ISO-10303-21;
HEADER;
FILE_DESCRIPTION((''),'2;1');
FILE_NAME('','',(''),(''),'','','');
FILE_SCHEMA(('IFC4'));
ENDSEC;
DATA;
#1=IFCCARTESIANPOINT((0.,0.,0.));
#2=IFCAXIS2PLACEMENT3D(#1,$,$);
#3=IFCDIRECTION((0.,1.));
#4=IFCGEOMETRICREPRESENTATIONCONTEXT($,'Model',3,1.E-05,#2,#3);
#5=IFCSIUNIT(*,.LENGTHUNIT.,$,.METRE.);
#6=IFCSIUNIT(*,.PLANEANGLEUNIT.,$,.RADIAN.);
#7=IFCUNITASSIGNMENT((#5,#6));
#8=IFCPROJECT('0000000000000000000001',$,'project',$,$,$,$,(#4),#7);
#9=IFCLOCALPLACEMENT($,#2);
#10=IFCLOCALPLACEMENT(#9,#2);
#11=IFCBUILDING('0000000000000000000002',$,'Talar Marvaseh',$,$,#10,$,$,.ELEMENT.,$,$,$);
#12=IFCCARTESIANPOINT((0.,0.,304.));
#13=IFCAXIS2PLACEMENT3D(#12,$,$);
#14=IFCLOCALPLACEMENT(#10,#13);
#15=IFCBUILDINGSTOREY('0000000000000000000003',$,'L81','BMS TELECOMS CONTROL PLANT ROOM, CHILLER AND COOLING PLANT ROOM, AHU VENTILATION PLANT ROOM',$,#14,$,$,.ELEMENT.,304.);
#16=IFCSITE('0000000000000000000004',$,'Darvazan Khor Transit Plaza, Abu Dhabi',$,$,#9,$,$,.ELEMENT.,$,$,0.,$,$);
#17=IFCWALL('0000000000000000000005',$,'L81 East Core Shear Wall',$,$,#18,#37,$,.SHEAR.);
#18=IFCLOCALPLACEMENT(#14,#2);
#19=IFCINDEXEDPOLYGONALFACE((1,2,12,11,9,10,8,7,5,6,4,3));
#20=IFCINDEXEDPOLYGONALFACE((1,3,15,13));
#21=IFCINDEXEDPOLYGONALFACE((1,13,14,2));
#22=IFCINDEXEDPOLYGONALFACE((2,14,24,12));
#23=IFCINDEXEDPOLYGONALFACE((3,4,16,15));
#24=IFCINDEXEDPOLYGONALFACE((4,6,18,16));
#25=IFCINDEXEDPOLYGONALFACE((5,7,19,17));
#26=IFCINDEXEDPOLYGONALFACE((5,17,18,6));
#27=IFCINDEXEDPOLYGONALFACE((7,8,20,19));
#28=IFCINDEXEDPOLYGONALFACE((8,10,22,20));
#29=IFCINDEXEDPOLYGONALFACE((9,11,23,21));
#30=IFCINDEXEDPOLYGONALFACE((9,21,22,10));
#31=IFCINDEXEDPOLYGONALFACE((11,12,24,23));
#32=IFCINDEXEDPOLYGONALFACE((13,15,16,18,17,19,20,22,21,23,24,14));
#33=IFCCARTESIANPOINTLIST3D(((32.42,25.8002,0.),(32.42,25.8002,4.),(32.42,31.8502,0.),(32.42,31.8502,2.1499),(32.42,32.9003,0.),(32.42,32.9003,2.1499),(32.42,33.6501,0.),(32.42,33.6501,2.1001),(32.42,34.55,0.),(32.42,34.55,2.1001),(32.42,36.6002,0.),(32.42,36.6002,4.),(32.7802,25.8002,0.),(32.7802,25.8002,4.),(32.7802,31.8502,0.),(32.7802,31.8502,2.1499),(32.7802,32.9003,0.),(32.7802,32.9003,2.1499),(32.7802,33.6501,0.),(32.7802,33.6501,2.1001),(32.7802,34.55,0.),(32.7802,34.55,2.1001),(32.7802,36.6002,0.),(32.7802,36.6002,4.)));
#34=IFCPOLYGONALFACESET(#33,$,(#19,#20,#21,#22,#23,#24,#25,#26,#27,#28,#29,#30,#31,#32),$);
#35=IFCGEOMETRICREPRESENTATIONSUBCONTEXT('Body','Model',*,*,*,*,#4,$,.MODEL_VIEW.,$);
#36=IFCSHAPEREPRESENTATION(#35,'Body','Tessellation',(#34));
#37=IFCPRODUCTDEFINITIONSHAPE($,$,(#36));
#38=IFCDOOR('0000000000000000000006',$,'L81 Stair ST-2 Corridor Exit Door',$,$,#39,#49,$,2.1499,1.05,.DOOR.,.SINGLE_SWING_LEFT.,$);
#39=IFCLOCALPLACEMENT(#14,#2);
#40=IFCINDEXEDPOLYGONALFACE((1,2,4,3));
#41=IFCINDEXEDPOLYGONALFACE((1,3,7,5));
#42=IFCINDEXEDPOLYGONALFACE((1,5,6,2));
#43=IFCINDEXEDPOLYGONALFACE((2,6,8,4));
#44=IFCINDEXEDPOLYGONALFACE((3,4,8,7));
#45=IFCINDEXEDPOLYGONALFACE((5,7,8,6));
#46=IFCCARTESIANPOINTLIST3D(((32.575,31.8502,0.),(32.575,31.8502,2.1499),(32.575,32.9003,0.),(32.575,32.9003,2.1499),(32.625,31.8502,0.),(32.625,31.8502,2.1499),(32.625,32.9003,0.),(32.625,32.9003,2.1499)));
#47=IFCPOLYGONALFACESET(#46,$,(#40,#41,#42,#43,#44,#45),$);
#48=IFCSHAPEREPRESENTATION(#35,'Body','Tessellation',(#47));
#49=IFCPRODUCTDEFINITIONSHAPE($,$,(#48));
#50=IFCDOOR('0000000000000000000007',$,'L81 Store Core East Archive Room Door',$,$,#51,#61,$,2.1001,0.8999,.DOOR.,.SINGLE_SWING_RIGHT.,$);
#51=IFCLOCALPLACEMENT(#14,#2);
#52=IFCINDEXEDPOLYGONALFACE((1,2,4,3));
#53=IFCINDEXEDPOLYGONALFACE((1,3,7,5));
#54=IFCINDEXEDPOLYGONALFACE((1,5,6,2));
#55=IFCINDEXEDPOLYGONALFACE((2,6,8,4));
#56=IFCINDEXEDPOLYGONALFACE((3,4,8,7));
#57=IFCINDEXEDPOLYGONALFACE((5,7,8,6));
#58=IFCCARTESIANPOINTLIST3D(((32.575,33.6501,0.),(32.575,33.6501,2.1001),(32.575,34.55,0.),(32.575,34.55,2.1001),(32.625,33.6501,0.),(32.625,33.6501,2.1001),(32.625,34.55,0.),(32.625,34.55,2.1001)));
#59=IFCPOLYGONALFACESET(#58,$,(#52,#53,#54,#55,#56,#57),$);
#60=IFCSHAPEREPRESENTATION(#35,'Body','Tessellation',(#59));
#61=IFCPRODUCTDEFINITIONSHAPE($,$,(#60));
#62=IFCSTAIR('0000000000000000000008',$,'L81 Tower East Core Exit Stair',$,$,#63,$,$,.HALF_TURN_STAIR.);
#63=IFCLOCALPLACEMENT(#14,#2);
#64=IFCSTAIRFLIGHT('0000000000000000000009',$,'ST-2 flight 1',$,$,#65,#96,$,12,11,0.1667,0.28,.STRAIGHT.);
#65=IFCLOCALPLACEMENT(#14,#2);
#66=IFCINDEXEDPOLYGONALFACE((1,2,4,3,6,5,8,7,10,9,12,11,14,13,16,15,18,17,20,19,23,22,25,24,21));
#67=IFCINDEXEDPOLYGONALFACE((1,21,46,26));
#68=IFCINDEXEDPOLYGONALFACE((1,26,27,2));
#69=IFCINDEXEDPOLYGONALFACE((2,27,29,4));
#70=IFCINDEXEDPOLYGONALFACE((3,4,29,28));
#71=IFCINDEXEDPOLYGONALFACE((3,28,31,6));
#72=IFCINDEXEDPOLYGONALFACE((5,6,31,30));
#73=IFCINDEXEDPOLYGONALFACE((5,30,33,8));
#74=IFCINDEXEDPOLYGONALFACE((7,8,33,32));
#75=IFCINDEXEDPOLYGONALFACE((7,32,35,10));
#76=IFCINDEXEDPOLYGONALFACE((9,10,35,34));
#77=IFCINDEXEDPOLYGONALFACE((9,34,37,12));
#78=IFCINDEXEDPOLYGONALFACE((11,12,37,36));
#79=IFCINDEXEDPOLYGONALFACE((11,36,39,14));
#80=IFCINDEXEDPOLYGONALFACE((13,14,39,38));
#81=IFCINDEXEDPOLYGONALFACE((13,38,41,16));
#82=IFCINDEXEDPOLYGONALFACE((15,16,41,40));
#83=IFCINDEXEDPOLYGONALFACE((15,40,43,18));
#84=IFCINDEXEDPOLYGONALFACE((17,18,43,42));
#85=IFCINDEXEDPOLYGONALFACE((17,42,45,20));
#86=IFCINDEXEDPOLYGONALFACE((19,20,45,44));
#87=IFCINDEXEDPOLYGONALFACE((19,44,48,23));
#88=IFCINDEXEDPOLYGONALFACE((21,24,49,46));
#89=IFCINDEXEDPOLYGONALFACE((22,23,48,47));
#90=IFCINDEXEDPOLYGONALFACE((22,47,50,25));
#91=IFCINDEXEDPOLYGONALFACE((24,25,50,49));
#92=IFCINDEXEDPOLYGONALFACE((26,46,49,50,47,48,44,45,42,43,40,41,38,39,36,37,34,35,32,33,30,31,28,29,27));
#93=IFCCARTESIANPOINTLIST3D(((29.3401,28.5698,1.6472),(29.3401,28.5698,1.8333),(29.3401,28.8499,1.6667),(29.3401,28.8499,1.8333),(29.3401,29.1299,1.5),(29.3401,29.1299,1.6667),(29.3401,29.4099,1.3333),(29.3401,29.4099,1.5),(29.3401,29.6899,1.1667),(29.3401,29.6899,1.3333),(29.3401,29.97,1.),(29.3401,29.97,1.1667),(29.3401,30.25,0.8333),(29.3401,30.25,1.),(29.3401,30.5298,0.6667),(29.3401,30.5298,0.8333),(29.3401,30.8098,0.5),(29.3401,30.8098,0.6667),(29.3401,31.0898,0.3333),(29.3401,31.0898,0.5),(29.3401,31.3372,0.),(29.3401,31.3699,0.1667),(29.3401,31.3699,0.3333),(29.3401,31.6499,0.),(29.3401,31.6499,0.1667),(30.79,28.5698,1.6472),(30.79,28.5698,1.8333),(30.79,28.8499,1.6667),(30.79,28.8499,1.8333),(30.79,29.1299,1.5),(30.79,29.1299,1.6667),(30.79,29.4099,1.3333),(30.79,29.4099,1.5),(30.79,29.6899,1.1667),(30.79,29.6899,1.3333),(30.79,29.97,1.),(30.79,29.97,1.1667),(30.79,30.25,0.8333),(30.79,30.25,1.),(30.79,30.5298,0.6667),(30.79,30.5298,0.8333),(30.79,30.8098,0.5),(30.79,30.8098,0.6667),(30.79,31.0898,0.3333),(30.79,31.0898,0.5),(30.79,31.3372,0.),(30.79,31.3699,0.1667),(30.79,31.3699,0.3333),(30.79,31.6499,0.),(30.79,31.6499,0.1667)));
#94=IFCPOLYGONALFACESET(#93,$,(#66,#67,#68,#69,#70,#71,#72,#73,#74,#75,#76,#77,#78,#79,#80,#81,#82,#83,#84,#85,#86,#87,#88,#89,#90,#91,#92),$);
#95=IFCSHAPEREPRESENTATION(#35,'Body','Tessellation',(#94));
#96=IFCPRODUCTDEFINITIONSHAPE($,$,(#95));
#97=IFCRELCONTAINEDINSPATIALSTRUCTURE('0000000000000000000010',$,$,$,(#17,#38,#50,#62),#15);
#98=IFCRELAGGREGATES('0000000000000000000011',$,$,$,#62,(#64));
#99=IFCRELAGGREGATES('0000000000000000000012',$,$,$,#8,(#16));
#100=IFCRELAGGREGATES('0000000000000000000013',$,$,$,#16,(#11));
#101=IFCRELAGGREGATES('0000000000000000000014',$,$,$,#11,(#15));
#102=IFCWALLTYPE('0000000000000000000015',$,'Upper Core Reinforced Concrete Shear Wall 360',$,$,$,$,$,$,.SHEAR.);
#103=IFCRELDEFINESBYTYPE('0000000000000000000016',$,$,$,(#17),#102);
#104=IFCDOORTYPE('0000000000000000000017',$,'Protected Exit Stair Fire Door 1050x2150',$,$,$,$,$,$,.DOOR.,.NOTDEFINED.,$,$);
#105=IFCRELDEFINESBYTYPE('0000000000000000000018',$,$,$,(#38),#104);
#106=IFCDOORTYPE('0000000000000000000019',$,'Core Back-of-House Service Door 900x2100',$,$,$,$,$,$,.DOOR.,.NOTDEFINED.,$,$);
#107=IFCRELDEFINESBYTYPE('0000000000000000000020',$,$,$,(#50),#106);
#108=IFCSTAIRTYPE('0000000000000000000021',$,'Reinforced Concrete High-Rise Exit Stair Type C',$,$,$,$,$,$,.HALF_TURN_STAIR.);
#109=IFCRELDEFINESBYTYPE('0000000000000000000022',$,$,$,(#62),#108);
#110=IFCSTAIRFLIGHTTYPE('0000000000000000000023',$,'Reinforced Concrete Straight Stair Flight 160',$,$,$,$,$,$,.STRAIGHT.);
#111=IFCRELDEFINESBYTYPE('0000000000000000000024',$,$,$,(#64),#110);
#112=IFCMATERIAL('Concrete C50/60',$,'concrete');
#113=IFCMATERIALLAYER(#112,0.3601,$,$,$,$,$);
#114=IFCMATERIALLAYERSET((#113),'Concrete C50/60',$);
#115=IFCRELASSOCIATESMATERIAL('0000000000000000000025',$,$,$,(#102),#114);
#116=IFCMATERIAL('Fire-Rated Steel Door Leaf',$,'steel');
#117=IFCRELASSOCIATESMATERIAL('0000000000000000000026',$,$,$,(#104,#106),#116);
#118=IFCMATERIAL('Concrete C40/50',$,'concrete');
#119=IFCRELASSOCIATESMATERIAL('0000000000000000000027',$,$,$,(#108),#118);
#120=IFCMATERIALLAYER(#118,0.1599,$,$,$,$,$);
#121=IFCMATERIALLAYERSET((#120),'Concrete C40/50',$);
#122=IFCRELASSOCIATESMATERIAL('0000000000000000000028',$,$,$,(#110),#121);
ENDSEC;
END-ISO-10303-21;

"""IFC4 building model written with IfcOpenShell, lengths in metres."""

from ifc_helpers import new_model, si_unit, direction, frame, frame_2d, origin, place, context, subcontext, project, spatial, polyline, rectangle, outline, extrude, source, transform, mapped, material, layer, layer_set, type_object, type_shapes, element, fill, aggregate, save


model = new_model("IFC4")

# Units and contexts
model_context = context("Model", 3, precision=1e-05, world=origin(), true_north=direction((0.0, 1.0)))
body_context = subcontext(model_context, "Body", "Model", "MODEL_VIEW")
ifc_project = project(units=[si_unit("LENGTHUNIT", "METRE"), si_unit("PLANEANGLEUNIT", "RADIAN")], contexts=[model_context])

# Site, building, storey
site_placement = place(None, origin())
site = spatial("IfcSite", under=ifc_project, at=site_placement, Name="Darvazan Khor Transit Plaza, Abu Dhabi", CompositionType="ELEMENT", RefElevation=0.0)
building_placement = place(site_placement, origin())
building = spatial("IfcBuilding", under=site, at=building_placement, Name="Talar Marvaseh", CompositionType="ELEMENT")
storey_placement = place(building_placement, frame((0.0, 0.0, 304.0)))
storey = spatial("IfcBuildingStorey", under=building, at=storey_placement, Name="L81", Description="BMS TELECOMS CONTROL PLANT ROOM, CHILLER AND COOLING PLANT ROOM, AHU VENTILATION PLANT ROOM", CompositionType="ELEMENT", Elevation=304.0)

# Shared definitions
ifc_material_1 = material(Name="Concrete C50/60", Category="concrete")

# Shared definitions
ifc_material_2 = material(Name="Concrete C40/50", Category="concrete")

# Wall, openings, doors
ifc_layer_1 = layer(ifc_material_1, 0.3601)
ifc_layer_set_1 = layer_set([ifc_layer_1], Name="Concrete C50/60")
wall_type_1 = type_object("IfcWallType", Name="Upper Core Reinforced Concrete Shear Wall 360", PredefinedType="SHEAR", material=ifc_layer_set_1)
wall_1_placement = place(storey_placement, frame((32.6001, 36.6001, 0.0), z_axis=(0.0, 0.0, 1.0), x_axis=(0.0, -1.0, 0.0)))
wall_1 = element("IfcWall", 1, at=wall_1_placement, inside=storey, type_object=wall_type_1, Name="L81 East Core Shear Wall", PredefinedType="SHEAR", context=body_context, shape_type="SweptSolid", body=[
    extrude(rectangle(XDim=10.8, YDim=0.3601, at=frame_2d((5.3999, 0.0))), origin(), (0.0, 0.0, 1.0), 4.0),
])
opening_1_placement = place(wall_1_placement, frame((3.7, 0.0, 0.0)))
opening_1 = element("IfcOpeningElement", 2, at=opening_1_placement, cuts=wall_1, PredefinedType="OPENING", context=body_context, shape_type="SweptSolid", body=[
    extrude(rectangle(XDim=1.05, YDim=2.1499, at=frame_2d((0.5249, 1.075))), frame((0.0, 0.1899, 0.0), z_axis=(0.0, -1.0, 0.0), x_axis=(1.0, 0.0, 0.0)), (0.0, 0.0, 1.0), 0.3801),
])
opening_2_placement = place(wall_1_placement, frame((2.05, 0.0, 0.0)))
opening_2 = element("IfcOpeningElement", 3, at=opening_2_placement, cuts=wall_1, PredefinedType="OPENING", context=body_context, shape_type="SweptSolid", body=[
    extrude(rectangle(XDim=0.8999, YDim=2.1001, at=frame_2d((0.45, 1.05))), frame((0.0, 0.1899, 0.0), z_axis=(0.0, -1.0, 0.0), x_axis=(1.0, 0.0, 0.0)), (0.0, 0.0, 1.0), 0.3801),
])
ifc_material_3 = material(Name="Fire-Rated Steel Door Leaf", Category="steel")
door_type_1 = type_object("IfcDoorType", Name="Protected Exit Stair Fire Door 1050x2150", OperationType="NOTDEFINED", PredefinedType="DOOR", material=ifc_material_3)
shared_shape_1 = source(origin(), body_context, "Body", "SweptSolid", [
    extrude(rectangle(XDim=1.05, YDim=2.1499, at=frame_2d((0.5249, 1.075))), frame((0.0, 0.0249, 0.0), z_axis=(0.0, -1.0, 0.0), x_axis=(1.0, 0.0, 0.0)), (0.0, 0.0, 1.0), 0.05),
])
type_shapes(door_type_1, [shared_shape_1])
door_1_placement = place(opening_1_placement, origin())
door_1 = element("IfcDoor", 4, at=door_1_placement, inside=storey, type_object=door_type_1, Name="L81 Stair ST-2 Corridor Exit Door", OperationType="SINGLE_SWING_LEFT", OverallHeight=2.1499, OverallWidth=1.05, PredefinedType="DOOR", context=body_context, shape_type="MappedRepresentation", body=[
    mapped(shared_shape_1, transform((0.0, 0.0, 0.0), x_axis=(1.0, 0.0, 0.0), y_axis=(0.0, 1.0, 0.0), z_axis=(0.0, 0.0, 1.0), scale=1.0)),
])
fill(opening_1, door_1)
door_type_2 = type_object("IfcDoorType", Name="Core Back-of-House Service Door 900x2100", OperationType="NOTDEFINED", PredefinedType="DOOR", material=ifc_material_3)
shared_shape_2 = source(origin(), body_context, "Body", "SweptSolid", [
    extrude(rectangle(XDim=0.8999, YDim=2.1001, at=frame_2d((0.45, 1.05))), frame((0.0, 0.0249, 0.0), z_axis=(0.0, -1.0, 0.0), x_axis=(1.0, 0.0, 0.0)), (0.0, 0.0, 1.0), 0.05),
])
type_shapes(door_type_2, [shared_shape_2])
door_2_placement = place(opening_2_placement, origin())
door_2 = element("IfcDoor", 5, at=door_2_placement, inside=storey, type_object=door_type_2, Name="L81 Store Core East Archive Room Door", OperationType="SINGLE_SWING_RIGHT", OverallHeight=2.1001, OverallWidth=0.8999, PredefinedType="DOOR", context=body_context, shape_type="MappedRepresentation", body=[
    mapped(shared_shape_2, transform((0.0, 0.0, 0.0), x_axis=(1.0, 0.0, 0.0), y_axis=(0.0, 1.0, 0.0), z_axis=(0.0, 0.0, 1.0), scale=1.0)),
])
fill(opening_2, door_2)

# Stair, stair flight
stair_type = type_object("IfcStairType", Name="Reinforced Concrete High-Rise Exit Stair Type C", PredefinedType="HALF_TURN_STAIR", material=ifc_material_2)
stair_placement = place(storey_placement, origin())
stair = element("IfcStair", 6, at=stair_placement, inside=storey, type_object=stair_type, Name="L81 Tower East Core Exit Stair", PredefinedType="HALF_TURN_STAIR")
ifc_layer_2 = layer(ifc_material_2, 0.1599)
ifc_layer_set_2 = layer_set([ifc_layer_2], Name="Concrete C40/50")
stair_flight_type = type_object("IfcStairFlightType", Name="Reinforced Concrete Straight Stair Flight 160", PredefinedType="STRAIGHT", material=ifc_layer_set_2)
stair_flight_placement = place(storey_placement, frame((30.0649, 31.6499, 0.0), z_axis=(0.0, 0.0, 1.0), x_axis=(0.0, -1.0, 0.0)))
stair_flight = element("IfcStairFlight", 7, at=stair_flight_placement, type_object=stair_flight_type, Name="ST-2 flight 1", NumberOfRisers=12, NumberOfTreads=11, PredefinedType="STRAIGHT", RiserHeight=0.1667, TreadLength=0.28, context=body_context, shape_type="SweptSolid", body=[
    extrude(outline(polyline([(0.0, 0.0), (0.0, 0.1667), (0.28, 0.1667), (0.28, 0.3333), (0.5601, 0.3333), (0.5601, 0.5), (0.8401, 0.5), (0.8401, 0.6667), (1.1201, 0.6667), (1.1201, 0.8333), (1.3999, 0.8333), (1.3999, 1.0), (1.6799, 1.0), (1.6799, 1.1667), (1.96, 1.1667), (1.96, 1.3333), (2.24, 1.3333), (2.24, 1.5), (2.52, 1.5), (2.52, 1.6667), (2.8, 1.6667), (2.8, 1.8333), (3.0801, 1.8333), (3.0801, 2.0), (3.0801, 1.6472), (0.3127, 0.0), (0.0, 0.0)])), frame((0.0, 0.7251, 0.0), z_axis=(0.0, -1.0, 0.0), x_axis=(1.0, 0.0, 0.0)), (0.0, 0.0, 1.0), 1.45),
])
aggregate(stair, [stair_flight])

save(model, "model.ifc")
